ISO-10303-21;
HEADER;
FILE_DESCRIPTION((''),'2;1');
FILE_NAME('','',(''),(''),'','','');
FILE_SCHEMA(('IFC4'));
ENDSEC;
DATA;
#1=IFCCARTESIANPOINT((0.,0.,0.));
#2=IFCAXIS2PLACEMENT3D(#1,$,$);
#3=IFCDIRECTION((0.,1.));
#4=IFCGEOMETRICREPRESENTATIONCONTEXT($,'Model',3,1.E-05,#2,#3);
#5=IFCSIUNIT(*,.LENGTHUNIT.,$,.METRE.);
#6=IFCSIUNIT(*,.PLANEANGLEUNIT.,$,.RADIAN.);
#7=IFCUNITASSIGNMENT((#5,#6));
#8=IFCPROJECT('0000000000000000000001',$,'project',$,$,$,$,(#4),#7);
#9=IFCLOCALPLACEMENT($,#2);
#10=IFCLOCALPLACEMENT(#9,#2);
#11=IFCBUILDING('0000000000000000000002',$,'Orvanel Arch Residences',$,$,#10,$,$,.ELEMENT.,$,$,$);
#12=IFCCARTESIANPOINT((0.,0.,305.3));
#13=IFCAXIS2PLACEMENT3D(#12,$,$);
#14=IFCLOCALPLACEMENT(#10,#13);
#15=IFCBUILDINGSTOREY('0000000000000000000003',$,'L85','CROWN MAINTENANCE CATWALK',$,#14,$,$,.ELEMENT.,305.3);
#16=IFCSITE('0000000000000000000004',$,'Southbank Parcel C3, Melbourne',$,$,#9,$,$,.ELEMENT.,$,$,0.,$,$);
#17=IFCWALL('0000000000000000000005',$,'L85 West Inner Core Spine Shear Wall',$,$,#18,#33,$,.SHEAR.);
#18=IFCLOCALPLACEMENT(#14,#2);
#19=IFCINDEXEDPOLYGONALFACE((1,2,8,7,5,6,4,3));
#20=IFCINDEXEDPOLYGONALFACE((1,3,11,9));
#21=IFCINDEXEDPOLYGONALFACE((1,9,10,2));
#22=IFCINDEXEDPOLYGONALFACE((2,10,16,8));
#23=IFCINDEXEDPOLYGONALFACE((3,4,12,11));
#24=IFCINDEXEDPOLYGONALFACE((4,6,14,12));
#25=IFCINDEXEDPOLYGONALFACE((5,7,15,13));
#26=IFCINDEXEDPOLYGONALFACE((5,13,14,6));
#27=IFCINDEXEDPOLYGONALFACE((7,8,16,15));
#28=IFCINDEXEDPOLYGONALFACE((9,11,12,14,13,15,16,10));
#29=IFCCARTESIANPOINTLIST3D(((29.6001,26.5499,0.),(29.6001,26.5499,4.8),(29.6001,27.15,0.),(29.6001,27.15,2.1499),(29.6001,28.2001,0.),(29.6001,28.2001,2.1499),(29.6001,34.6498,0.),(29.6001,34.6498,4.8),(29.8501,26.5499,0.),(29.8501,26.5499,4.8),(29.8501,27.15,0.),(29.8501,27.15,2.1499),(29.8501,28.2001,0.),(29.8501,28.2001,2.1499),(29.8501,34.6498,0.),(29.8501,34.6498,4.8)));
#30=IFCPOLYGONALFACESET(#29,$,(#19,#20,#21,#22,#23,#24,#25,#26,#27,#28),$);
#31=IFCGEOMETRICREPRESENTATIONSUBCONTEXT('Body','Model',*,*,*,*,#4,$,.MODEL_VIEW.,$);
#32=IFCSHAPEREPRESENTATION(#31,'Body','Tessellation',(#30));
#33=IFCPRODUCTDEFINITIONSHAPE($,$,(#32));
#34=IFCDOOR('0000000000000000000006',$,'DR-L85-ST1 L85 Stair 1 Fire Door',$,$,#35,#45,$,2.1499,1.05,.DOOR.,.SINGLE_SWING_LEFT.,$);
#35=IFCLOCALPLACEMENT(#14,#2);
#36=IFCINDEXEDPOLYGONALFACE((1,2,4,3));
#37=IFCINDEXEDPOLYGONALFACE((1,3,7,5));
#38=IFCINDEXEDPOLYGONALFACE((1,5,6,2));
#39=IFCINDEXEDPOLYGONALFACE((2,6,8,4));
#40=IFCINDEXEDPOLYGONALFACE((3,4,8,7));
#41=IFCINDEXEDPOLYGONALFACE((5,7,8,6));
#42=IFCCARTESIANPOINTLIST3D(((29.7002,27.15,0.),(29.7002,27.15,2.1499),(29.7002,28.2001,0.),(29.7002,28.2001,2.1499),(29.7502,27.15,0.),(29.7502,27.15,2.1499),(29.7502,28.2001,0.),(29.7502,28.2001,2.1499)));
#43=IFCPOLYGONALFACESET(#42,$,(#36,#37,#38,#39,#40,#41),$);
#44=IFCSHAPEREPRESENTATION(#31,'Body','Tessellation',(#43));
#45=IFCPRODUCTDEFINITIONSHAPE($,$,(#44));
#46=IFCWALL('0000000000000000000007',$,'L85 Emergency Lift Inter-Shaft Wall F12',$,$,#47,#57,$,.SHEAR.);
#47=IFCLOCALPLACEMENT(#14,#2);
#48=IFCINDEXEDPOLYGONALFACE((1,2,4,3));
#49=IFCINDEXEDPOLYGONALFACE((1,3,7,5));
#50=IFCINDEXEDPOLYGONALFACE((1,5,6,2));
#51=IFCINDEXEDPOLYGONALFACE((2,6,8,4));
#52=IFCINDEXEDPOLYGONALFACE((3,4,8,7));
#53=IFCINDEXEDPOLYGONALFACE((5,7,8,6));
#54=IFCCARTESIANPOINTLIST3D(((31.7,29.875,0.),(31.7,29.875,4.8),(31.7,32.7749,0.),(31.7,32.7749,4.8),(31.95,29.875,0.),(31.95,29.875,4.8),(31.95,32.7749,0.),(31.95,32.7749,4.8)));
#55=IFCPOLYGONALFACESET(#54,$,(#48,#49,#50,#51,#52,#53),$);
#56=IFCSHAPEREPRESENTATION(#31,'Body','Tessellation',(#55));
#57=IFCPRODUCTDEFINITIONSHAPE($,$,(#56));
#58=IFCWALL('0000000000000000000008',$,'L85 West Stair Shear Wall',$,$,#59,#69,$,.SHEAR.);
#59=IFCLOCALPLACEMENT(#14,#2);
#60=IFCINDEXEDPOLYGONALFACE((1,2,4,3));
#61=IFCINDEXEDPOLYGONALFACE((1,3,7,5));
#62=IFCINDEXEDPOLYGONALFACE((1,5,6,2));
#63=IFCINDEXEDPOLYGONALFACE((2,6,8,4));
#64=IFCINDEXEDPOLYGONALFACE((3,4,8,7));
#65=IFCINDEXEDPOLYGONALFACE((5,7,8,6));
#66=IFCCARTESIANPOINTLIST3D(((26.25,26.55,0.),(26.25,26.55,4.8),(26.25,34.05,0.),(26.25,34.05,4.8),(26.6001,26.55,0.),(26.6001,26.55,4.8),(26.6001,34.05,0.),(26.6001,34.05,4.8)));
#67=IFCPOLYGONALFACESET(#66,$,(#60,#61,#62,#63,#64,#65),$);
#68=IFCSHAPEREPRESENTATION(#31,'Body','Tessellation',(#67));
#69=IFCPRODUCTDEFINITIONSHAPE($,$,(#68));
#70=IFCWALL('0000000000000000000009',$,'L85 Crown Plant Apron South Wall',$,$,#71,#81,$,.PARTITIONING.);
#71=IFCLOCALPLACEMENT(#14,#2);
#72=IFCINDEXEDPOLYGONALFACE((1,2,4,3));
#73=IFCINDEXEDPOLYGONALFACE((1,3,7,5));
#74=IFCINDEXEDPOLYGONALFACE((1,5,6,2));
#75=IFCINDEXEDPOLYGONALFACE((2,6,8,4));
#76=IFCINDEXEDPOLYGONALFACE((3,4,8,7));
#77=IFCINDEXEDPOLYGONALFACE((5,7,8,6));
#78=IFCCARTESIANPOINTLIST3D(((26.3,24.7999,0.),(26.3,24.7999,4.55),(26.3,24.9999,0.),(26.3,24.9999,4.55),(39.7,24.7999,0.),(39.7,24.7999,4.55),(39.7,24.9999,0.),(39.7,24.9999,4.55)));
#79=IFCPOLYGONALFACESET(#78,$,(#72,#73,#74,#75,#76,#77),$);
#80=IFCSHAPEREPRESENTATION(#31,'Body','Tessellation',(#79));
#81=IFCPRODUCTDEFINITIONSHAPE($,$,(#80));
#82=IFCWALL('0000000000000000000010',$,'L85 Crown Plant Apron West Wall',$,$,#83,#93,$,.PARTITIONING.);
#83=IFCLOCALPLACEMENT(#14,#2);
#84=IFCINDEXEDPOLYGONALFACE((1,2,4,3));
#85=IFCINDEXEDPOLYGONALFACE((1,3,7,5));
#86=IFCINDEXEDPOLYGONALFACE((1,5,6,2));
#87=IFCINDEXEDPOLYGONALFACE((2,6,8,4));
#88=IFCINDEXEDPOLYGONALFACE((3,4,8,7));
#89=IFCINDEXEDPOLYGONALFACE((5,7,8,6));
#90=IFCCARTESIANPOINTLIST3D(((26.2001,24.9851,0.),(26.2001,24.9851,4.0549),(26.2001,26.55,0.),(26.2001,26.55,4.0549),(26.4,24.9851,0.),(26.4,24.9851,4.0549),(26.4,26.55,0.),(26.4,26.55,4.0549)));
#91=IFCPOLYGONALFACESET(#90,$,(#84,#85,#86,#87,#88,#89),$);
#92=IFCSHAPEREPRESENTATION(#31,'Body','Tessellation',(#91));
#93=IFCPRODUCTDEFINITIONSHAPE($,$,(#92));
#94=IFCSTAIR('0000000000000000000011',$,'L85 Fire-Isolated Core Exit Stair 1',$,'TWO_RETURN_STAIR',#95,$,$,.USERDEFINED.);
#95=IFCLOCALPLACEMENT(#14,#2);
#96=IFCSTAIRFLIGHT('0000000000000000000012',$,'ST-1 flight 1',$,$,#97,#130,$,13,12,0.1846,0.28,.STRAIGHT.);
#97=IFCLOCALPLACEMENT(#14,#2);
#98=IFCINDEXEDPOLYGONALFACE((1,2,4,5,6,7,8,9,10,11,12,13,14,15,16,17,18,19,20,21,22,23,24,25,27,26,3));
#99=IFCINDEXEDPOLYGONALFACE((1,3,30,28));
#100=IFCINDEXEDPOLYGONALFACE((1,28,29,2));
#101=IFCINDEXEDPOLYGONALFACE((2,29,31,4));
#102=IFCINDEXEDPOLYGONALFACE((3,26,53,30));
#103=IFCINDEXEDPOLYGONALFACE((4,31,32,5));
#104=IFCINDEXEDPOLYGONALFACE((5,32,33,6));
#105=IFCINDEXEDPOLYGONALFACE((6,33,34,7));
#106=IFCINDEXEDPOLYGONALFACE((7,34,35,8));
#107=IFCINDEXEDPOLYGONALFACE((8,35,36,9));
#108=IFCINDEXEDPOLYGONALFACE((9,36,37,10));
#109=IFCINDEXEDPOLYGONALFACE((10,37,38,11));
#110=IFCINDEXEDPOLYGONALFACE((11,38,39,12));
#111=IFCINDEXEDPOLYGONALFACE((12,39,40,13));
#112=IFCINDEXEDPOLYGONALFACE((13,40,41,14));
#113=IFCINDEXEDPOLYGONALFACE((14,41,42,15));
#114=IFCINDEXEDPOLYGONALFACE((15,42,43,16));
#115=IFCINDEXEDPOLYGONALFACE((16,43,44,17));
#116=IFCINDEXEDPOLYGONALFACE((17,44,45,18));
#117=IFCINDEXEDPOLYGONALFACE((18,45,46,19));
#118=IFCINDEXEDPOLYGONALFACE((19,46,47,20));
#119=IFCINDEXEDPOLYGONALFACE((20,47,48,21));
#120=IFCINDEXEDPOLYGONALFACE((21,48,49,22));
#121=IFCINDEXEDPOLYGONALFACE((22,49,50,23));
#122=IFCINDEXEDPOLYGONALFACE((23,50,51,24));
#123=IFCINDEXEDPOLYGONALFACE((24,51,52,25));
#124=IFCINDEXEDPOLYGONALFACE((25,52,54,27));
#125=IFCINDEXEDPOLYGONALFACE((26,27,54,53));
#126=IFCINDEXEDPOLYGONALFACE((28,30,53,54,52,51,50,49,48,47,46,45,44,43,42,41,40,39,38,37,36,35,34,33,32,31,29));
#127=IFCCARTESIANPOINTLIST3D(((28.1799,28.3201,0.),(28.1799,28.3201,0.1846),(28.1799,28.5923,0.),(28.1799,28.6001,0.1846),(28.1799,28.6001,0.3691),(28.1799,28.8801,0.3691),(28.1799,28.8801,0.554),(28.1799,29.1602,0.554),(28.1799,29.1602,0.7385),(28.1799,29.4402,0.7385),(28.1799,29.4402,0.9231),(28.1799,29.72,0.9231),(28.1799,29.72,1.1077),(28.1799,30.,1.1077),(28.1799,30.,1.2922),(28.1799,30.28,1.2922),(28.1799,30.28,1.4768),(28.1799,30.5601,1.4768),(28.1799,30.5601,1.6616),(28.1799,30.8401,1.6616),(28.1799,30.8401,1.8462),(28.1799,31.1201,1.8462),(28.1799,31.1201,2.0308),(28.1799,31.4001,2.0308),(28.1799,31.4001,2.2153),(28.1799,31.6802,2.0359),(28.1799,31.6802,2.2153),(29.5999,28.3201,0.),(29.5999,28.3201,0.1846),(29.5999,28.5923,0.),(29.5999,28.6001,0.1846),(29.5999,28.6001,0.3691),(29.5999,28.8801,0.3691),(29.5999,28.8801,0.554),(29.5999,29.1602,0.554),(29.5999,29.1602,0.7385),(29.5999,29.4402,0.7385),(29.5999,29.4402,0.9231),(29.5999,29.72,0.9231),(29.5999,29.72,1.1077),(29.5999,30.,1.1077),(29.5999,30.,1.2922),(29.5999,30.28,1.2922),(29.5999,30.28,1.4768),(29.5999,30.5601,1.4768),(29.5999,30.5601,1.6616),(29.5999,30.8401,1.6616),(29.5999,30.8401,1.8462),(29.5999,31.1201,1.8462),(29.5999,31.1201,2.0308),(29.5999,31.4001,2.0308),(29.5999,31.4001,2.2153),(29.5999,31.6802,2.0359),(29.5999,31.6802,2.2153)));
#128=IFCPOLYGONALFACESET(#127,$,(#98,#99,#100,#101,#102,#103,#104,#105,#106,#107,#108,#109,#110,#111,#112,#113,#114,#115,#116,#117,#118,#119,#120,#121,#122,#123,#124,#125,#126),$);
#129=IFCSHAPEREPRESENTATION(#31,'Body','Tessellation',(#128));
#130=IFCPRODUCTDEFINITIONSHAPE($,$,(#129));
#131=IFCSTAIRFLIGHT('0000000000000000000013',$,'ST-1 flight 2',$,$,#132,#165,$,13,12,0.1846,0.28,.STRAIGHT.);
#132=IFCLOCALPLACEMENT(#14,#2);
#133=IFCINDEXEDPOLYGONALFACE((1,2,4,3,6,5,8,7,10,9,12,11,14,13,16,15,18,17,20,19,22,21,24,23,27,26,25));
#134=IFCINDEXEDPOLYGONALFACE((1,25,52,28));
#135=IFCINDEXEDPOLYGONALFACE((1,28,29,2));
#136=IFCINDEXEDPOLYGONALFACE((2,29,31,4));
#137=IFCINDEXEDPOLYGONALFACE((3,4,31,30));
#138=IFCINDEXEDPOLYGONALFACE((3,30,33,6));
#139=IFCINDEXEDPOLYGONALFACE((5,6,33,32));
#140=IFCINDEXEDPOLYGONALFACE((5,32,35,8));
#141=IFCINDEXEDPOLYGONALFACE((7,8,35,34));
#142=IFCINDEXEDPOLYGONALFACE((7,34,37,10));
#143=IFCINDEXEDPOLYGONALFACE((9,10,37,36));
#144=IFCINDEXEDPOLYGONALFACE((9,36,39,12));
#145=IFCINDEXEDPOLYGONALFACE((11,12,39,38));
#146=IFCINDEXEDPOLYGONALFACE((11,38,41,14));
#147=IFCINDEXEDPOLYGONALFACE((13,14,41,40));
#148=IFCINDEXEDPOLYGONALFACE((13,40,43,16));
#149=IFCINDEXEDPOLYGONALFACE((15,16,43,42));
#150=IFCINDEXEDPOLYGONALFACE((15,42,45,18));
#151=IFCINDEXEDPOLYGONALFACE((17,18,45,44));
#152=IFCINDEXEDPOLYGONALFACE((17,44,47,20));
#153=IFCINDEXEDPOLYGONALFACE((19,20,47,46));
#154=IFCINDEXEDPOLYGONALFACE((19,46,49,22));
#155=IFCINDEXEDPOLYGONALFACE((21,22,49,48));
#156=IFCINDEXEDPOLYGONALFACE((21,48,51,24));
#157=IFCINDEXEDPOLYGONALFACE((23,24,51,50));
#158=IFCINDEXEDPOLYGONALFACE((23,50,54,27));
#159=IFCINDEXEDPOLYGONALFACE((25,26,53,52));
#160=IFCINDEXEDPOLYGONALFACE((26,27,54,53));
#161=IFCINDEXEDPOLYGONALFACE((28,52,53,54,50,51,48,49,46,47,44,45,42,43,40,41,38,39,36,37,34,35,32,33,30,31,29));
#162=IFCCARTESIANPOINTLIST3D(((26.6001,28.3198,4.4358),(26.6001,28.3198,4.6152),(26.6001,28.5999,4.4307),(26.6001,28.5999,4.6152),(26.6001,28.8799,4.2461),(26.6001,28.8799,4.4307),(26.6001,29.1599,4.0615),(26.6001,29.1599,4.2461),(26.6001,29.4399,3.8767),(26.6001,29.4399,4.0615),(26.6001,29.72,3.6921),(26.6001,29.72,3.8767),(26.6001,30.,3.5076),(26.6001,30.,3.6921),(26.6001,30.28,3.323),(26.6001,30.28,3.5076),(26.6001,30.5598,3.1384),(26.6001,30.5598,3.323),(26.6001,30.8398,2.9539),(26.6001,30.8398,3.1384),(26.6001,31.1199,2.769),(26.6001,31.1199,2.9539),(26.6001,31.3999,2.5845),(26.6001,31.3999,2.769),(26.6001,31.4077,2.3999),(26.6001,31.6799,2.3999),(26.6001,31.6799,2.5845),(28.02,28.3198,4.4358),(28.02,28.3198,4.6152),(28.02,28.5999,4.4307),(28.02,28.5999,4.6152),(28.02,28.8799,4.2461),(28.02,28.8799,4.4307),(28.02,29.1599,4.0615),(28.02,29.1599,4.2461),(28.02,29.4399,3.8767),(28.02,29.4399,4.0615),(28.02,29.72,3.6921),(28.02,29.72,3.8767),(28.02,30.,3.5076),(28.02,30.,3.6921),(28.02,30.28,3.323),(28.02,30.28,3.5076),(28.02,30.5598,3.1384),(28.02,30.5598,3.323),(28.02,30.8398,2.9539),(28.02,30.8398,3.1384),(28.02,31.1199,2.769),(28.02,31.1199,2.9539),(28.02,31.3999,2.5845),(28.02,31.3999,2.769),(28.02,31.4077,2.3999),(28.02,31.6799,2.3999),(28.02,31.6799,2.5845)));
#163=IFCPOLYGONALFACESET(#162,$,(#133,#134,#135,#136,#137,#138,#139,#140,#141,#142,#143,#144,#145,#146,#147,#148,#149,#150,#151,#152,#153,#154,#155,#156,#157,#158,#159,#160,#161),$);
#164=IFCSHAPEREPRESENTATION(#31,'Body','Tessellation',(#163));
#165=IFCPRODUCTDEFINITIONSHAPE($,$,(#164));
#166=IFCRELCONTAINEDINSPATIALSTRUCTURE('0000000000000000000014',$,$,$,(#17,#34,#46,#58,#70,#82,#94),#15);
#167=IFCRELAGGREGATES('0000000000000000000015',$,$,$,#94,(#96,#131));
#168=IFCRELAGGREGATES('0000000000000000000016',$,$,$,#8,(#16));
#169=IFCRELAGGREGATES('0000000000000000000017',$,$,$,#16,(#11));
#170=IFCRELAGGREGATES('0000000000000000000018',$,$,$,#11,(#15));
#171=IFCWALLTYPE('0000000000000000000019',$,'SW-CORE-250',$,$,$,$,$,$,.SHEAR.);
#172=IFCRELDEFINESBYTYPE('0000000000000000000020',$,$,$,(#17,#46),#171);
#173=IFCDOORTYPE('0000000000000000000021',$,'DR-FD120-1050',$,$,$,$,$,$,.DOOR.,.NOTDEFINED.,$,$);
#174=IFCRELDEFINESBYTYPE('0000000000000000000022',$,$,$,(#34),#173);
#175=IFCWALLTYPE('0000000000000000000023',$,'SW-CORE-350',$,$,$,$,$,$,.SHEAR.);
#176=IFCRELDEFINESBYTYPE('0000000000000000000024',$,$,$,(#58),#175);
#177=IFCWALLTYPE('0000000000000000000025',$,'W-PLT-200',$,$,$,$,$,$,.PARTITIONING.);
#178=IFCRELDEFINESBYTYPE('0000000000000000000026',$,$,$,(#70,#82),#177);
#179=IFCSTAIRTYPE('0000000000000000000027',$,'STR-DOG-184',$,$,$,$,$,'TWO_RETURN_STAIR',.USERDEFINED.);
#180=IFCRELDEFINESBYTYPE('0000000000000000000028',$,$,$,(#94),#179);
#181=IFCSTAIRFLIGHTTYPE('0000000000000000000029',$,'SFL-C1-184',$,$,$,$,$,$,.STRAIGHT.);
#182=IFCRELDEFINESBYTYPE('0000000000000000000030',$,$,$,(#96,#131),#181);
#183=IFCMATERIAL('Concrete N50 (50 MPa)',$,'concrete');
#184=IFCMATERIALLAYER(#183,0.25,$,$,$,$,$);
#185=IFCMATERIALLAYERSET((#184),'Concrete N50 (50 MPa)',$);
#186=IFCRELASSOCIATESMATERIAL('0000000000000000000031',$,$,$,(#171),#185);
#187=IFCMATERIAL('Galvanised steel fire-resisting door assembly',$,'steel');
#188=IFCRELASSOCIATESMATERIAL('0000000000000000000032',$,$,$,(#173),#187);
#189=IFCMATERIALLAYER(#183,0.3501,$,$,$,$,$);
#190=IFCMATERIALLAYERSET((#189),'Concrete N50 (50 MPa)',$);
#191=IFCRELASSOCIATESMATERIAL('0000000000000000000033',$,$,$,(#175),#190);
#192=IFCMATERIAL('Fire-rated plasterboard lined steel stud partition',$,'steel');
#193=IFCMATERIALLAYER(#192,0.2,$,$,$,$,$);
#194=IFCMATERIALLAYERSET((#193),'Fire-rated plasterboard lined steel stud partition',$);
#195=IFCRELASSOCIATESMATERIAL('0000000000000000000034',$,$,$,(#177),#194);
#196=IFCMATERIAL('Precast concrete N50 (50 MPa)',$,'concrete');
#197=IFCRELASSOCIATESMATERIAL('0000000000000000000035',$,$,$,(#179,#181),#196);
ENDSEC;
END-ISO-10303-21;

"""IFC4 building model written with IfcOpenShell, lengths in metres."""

from ifc_helpers import new_model, si_unit, direction, frame, frame_2d, origin, place, context, subcontext, project, spatial, polyline, rectangle, outline, extrude, material, layer, layer_set, type_object, element, fill, aggregate, save


model = new_model("IFC4")

# Units and contexts
model_context = context("Model", 3, precision=1e-05, world=origin(), true_north=direction((0.0, 1.0)))
body_context = subcontext(model_context, "Body", "Model", "MODEL_VIEW")
ifc_project = project(units=[si_unit("LENGTHUNIT", "METRE"), si_unit("PLANEANGLEUNIT", "RADIAN")], contexts=[model_context])

# Site, building, storey
site_placement = place(None, origin())
site = spatial("IfcSite", under=ifc_project, at=site_placement, Name="Southbank Parcel C3, Melbourne", CompositionType="ELEMENT", RefElevation=0.0)
building_placement = place(site_placement, origin())
building = spatial("IfcBuilding", under=site, at=building_placement, Name="Orvanel Arch Residences", CompositionType="ELEMENT")
storey_placement = place(building_placement, frame((0.0, 0.0, 305.3)))
storey = spatial("IfcBuildingStorey", under=building, at=storey_placement, Name="L85", Description="CROWN MAINTENANCE CATWALK", CompositionType="ELEMENT", Elevation=305.3)

# Wall, opening, door
ifc_material_1 = material(Name="Concrete N50 (50 MPa)", Category="concrete")
ifc_layer_1 = layer(ifc_material_1, 0.25)
ifc_layer_set_1 = layer_set([ifc_layer_1], Name="Concrete N50 (50 MPa)")
wall_type_1 = type_object("IfcWallType", Name="SW-CORE-250", PredefinedType="SHEAR", material=ifc_layer_set_1)
wall_1_placement = place(storey_placement, frame((29.7251, 26.55, 0.0), z_axis=(0.0, 0.0, 1.0), x_axis=(0.0, 1.0, 0.0)))
wall_1 = element("IfcWall", 1, at=wall_1_placement, inside=storey, type_object=wall_type_1, Name="L85 West Inner Core Spine Shear Wall", PredefinedType="SHEAR", context=body_context, shape_type="SweptSolid", body=[
    extrude(rectangle(XDim=8.0999, YDim=0.25, at=frame_2d((4.0498, 0.0))), origin(), (0.0, 0.0, 1.0), 4.8),
])
opening_1_placement = place(wall_1_placement, frame((0.6001, 0.0, 0.0)))
opening_1 = element("IfcOpeningElement", 2, at=opening_1_placement, cuts=wall_1, PredefinedType="OPENING", context=body_context, shape_type="SweptSolid", body=[
    extrude(rectangle(XDim=1.05, YDim=2.1499, at=frame_2d((0.5249, 1.075))), frame((0.0, 0.135, 0.0), z_axis=(0.0, -1.0, 0.0), x_axis=(1.0, 0.0, 0.0)), (0.0, 0.0, 1.0), 0.27),
])
ifc_material_2 = material(Name="Galvanised steel fire-resisting door assembly", Category="steel")
door_type_1 = type_object("IfcDoorType", Name="DR-FD120-1050", OperationType="NOTDEFINED", PredefinedType="DOOR", material=ifc_material_2)
door_1_placement = place(opening_1_placement, origin())
door_1 = element("IfcDoor", 3, at=door_1_placement, inside=storey, type_object=door_type_1, Name="DR-L85-ST1 L85 Stair 1 Fire Door", OperationType="SINGLE_SWING_LEFT", OverallHeight=2.1499, OverallWidth=1.05, PredefinedType="DOOR", context=body_context, shape_type="SweptSolid", body=[
    extrude(rectangle(XDim=1.05, YDim=2.1499, at=frame_2d((0.5249, 1.075))), frame((0.0, 0.0249, 0.0), z_axis=(0.0, -1.0, 0.0), x_axis=(1.0, 0.0, 0.0)), (0.0, 0.0, 1.0), 0.05),
])
fill(opening_1, door_1)

# Wall
wall_2_placement = place(storey_placement, frame((31.825, 29.875, 0.0), z_axis=(0.0, 0.0, 1.0), x_axis=(0.0, 1.0, 0.0)))
element("IfcWall", 4, at=wall_2_placement, inside=storey, type_object=wall_type_1, Name="L85 Emergency Lift Inter-Shaft Wall F12", PredefinedType="SHEAR", context=body_context, shape_type="SweptSolid", body=[
    extrude(rectangle(XDim=2.8999, YDim=0.25, at=frame_2d((1.45, 0.0))), origin(), (0.0, 0.0, 1.0), 4.8),
])

# Shared definitions
ifc_layer_2 = layer(ifc_material_1, 0.3501)
ifc_layer_set_2 = layer_set([ifc_layer_2], Name="Concrete N50 (50 MPa)")
wall_type_2 = type_object("IfcWallType", Name="SW-CORE-350", PredefinedType="SHEAR", material=ifc_layer_set_2)

# Walls
wall_3_placement = place(storey_placement, frame((26.425, 26.55, 0.0), z_axis=(0.0, 0.0, 1.0), x_axis=(0.0, 1.0, 0.0)))
element("IfcWall", 5, at=wall_3_placement, inside=storey, type_object=wall_type_2, Name="L85 West Stair Shear Wall", PredefinedType="SHEAR", context=body_context, shape_type="SweptSolid", body=[
    extrude(rectangle(XDim=7.5, YDim=0.3501, at=frame_2d((3.75, 0.0))), origin(), (0.0, 0.0, 1.0), 4.8),
])
ifc_material_3 = material(Name="Fire-rated plasterboard lined steel stud partition", Category="steel")
ifc_layer_3 = layer(ifc_material_3, 0.2)
ifc_layer_set_3 = layer_set([ifc_layer_3], Name="Fire-rated plasterboard lined steel stud partition")
wall_type_3 = type_object("IfcWallType", Name="W-PLT-200", PredefinedType="PARTITIONING", material=ifc_layer_set_3)
wall_4_placement = place(storey_placement, frame((26.3, 24.8999, 0.0), z_axis=(0.0, 0.0, 1.0), x_axis=(1.0, 0.0, 0.0)))
element("IfcWall", 6, at=wall_4_placement, inside=storey, type_object=wall_type_3, Name="L85 Crown Plant Apron South Wall", PredefinedType="PARTITIONING", context=body_context, shape_type="SweptSolid", body=[
    extrude(rectangle(XDim=13.3999, YDim=0.2, at=frame_2d((6.7, 0.0))), origin(), (0.0, 0.0, 1.0), 4.55),
])
wall_5_placement = place(storey_placement, frame((26.3, 24.9851, 0.0), z_axis=(0.0, 0.0, 1.0), x_axis=(0.0, 1.0, 0.0)))
element("IfcWall", 7, at=wall_5_placement, inside=storey, type_object=wall_type_3, Name="L85 Crown Plant Apron West Wall", PredefinedType="PARTITIONING", context=body_context, shape_type="SweptSolid", body=[
    extrude(rectangle(XDim=1.5649, YDim=0.2, at=frame_2d((0.7825, 0.0))), origin(), (0.0, 0.0, 1.0), 4.0549),
])

# Stair, stair flights
ifc_material_4 = material(Name="Precast concrete N50 (50 MPa)", Category="concrete")
stair_type = type_object("IfcStairType", Name="STR-DOG-184", ElementType="TWO_RETURN_STAIR", PredefinedType="USERDEFINED", material=ifc_material_4)
stair_placement = place(storey_placement, origin())
stair = element("IfcStair", 8, at=stair_placement, inside=storey, type_object=stair_type, Name="L85 Fire-Isolated Core Exit Stair 1", ObjectType="TWO_RETURN_STAIR", PredefinedType="USERDEFINED")
stair_flight_type = type_object("IfcStairFlightType", Name="SFL-C1-184", PredefinedType="STRAIGHT", material=ifc_material_4)
stair_flight_1_placement = place(storey_placement, frame((28.8899, 28.3201, 0.0), z_axis=(0.0, 0.0, 1.0), x_axis=(0.0, 1.0, 0.0)))
stair_flight_1 = element("IfcStairFlight", 9, at=stair_flight_1_placement, type_object=stair_flight_type, Name="ST-1 flight 1", NumberOfRisers=13, NumberOfTreads=12, PredefinedType="STRAIGHT", RiserHeight=0.1846, TreadLength=0.28, context=body_context, shape_type="SweptSolid", body=[
    extrude(outline(polyline([(0.0, 0.0), (0.0, 0.1846), (0.28, 0.1846), (0.28, 0.3691), (0.5601, 0.3691), (0.5601, 0.554), (0.8401, 0.554), (0.8401, 0.7385), (1.1201, 0.7385), (1.1201, 0.9231), (1.3999, 0.9231), (1.3999, 1.1077), (1.6799, 1.1077), (1.6799, 1.2922), (1.96, 1.2922), (1.96, 1.4768), (2.24, 1.4768), (2.24, 1.6616), (2.52, 1.6616), (2.52, 1.8462), (2.8, 1.8462), (2.8, 2.0308), (3.0801, 2.0308), (3.0801, 2.2153), (3.3601, 2.2153), (3.3601, 2.3999), (3.3601, 2.0359), (0.2722, 0.0), (0.0, 0.0)])), frame((0.0, 0.71, 0.0), z_axis=(0.0, -1.0, 0.0), x_axis=(1.0, 0.0, 0.0)), (0.0, 0.0, 1.0), 1.4199),
])
stair_flight_2_placement = place(storey_placement, frame((27.3101, 31.6799, 2.3999), z_axis=(0.0, 0.0, 1.0), x_axis=(0.0, -1.0, 0.0)))
stair_flight_2 = element("IfcStairFlight", 10, at=stair_flight_2_placement, type_object=stair_flight_type, Name="ST-1 flight 2", NumberOfRisers=13, NumberOfTreads=12, PredefinedType="STRAIGHT", RiserHeight=0.1846, TreadLength=0.28, context=body_context, shape_type="SweptSolid", body=[
    extrude(outline(polyline([(0.0, 0.0), (0.0, 0.1846), (0.28, 0.1846), (0.28, 0.3691), (0.5601, 0.3691), (0.5601, 0.554), (0.8401, 0.554), (0.8401, 0.7385), (1.1201, 0.7385), (1.1201, 0.9231), (1.3999, 0.9231), (1.3999, 1.1077), (1.6799, 1.1077), (1.6799, 1.2922), (1.96, 1.2922), (1.96, 1.4768), (2.24, 1.4768), (2.24, 1.6616), (2.52, 1.6616), (2.52, 1.8462), (2.8, 1.8462), (2.8, 2.0308), (3.0801, 2.0308), (3.0801, 2.2153), (3.3601, 2.2153), (3.3601, 2.3999), (3.3601, 2.0359), (0.2722, 0.0), (0.0, 0.0)])), frame((0.0, 0.71, 0.0), z_axis=(0.0, -1.0, 0.0), x_axis=(1.0, 0.0, 0.0)), (0.0, 0.0, 1.0), 1.4199),
])
aggregate(stair, [stair_flight_1, stair_flight_2])

save(model, "model.ifc")
